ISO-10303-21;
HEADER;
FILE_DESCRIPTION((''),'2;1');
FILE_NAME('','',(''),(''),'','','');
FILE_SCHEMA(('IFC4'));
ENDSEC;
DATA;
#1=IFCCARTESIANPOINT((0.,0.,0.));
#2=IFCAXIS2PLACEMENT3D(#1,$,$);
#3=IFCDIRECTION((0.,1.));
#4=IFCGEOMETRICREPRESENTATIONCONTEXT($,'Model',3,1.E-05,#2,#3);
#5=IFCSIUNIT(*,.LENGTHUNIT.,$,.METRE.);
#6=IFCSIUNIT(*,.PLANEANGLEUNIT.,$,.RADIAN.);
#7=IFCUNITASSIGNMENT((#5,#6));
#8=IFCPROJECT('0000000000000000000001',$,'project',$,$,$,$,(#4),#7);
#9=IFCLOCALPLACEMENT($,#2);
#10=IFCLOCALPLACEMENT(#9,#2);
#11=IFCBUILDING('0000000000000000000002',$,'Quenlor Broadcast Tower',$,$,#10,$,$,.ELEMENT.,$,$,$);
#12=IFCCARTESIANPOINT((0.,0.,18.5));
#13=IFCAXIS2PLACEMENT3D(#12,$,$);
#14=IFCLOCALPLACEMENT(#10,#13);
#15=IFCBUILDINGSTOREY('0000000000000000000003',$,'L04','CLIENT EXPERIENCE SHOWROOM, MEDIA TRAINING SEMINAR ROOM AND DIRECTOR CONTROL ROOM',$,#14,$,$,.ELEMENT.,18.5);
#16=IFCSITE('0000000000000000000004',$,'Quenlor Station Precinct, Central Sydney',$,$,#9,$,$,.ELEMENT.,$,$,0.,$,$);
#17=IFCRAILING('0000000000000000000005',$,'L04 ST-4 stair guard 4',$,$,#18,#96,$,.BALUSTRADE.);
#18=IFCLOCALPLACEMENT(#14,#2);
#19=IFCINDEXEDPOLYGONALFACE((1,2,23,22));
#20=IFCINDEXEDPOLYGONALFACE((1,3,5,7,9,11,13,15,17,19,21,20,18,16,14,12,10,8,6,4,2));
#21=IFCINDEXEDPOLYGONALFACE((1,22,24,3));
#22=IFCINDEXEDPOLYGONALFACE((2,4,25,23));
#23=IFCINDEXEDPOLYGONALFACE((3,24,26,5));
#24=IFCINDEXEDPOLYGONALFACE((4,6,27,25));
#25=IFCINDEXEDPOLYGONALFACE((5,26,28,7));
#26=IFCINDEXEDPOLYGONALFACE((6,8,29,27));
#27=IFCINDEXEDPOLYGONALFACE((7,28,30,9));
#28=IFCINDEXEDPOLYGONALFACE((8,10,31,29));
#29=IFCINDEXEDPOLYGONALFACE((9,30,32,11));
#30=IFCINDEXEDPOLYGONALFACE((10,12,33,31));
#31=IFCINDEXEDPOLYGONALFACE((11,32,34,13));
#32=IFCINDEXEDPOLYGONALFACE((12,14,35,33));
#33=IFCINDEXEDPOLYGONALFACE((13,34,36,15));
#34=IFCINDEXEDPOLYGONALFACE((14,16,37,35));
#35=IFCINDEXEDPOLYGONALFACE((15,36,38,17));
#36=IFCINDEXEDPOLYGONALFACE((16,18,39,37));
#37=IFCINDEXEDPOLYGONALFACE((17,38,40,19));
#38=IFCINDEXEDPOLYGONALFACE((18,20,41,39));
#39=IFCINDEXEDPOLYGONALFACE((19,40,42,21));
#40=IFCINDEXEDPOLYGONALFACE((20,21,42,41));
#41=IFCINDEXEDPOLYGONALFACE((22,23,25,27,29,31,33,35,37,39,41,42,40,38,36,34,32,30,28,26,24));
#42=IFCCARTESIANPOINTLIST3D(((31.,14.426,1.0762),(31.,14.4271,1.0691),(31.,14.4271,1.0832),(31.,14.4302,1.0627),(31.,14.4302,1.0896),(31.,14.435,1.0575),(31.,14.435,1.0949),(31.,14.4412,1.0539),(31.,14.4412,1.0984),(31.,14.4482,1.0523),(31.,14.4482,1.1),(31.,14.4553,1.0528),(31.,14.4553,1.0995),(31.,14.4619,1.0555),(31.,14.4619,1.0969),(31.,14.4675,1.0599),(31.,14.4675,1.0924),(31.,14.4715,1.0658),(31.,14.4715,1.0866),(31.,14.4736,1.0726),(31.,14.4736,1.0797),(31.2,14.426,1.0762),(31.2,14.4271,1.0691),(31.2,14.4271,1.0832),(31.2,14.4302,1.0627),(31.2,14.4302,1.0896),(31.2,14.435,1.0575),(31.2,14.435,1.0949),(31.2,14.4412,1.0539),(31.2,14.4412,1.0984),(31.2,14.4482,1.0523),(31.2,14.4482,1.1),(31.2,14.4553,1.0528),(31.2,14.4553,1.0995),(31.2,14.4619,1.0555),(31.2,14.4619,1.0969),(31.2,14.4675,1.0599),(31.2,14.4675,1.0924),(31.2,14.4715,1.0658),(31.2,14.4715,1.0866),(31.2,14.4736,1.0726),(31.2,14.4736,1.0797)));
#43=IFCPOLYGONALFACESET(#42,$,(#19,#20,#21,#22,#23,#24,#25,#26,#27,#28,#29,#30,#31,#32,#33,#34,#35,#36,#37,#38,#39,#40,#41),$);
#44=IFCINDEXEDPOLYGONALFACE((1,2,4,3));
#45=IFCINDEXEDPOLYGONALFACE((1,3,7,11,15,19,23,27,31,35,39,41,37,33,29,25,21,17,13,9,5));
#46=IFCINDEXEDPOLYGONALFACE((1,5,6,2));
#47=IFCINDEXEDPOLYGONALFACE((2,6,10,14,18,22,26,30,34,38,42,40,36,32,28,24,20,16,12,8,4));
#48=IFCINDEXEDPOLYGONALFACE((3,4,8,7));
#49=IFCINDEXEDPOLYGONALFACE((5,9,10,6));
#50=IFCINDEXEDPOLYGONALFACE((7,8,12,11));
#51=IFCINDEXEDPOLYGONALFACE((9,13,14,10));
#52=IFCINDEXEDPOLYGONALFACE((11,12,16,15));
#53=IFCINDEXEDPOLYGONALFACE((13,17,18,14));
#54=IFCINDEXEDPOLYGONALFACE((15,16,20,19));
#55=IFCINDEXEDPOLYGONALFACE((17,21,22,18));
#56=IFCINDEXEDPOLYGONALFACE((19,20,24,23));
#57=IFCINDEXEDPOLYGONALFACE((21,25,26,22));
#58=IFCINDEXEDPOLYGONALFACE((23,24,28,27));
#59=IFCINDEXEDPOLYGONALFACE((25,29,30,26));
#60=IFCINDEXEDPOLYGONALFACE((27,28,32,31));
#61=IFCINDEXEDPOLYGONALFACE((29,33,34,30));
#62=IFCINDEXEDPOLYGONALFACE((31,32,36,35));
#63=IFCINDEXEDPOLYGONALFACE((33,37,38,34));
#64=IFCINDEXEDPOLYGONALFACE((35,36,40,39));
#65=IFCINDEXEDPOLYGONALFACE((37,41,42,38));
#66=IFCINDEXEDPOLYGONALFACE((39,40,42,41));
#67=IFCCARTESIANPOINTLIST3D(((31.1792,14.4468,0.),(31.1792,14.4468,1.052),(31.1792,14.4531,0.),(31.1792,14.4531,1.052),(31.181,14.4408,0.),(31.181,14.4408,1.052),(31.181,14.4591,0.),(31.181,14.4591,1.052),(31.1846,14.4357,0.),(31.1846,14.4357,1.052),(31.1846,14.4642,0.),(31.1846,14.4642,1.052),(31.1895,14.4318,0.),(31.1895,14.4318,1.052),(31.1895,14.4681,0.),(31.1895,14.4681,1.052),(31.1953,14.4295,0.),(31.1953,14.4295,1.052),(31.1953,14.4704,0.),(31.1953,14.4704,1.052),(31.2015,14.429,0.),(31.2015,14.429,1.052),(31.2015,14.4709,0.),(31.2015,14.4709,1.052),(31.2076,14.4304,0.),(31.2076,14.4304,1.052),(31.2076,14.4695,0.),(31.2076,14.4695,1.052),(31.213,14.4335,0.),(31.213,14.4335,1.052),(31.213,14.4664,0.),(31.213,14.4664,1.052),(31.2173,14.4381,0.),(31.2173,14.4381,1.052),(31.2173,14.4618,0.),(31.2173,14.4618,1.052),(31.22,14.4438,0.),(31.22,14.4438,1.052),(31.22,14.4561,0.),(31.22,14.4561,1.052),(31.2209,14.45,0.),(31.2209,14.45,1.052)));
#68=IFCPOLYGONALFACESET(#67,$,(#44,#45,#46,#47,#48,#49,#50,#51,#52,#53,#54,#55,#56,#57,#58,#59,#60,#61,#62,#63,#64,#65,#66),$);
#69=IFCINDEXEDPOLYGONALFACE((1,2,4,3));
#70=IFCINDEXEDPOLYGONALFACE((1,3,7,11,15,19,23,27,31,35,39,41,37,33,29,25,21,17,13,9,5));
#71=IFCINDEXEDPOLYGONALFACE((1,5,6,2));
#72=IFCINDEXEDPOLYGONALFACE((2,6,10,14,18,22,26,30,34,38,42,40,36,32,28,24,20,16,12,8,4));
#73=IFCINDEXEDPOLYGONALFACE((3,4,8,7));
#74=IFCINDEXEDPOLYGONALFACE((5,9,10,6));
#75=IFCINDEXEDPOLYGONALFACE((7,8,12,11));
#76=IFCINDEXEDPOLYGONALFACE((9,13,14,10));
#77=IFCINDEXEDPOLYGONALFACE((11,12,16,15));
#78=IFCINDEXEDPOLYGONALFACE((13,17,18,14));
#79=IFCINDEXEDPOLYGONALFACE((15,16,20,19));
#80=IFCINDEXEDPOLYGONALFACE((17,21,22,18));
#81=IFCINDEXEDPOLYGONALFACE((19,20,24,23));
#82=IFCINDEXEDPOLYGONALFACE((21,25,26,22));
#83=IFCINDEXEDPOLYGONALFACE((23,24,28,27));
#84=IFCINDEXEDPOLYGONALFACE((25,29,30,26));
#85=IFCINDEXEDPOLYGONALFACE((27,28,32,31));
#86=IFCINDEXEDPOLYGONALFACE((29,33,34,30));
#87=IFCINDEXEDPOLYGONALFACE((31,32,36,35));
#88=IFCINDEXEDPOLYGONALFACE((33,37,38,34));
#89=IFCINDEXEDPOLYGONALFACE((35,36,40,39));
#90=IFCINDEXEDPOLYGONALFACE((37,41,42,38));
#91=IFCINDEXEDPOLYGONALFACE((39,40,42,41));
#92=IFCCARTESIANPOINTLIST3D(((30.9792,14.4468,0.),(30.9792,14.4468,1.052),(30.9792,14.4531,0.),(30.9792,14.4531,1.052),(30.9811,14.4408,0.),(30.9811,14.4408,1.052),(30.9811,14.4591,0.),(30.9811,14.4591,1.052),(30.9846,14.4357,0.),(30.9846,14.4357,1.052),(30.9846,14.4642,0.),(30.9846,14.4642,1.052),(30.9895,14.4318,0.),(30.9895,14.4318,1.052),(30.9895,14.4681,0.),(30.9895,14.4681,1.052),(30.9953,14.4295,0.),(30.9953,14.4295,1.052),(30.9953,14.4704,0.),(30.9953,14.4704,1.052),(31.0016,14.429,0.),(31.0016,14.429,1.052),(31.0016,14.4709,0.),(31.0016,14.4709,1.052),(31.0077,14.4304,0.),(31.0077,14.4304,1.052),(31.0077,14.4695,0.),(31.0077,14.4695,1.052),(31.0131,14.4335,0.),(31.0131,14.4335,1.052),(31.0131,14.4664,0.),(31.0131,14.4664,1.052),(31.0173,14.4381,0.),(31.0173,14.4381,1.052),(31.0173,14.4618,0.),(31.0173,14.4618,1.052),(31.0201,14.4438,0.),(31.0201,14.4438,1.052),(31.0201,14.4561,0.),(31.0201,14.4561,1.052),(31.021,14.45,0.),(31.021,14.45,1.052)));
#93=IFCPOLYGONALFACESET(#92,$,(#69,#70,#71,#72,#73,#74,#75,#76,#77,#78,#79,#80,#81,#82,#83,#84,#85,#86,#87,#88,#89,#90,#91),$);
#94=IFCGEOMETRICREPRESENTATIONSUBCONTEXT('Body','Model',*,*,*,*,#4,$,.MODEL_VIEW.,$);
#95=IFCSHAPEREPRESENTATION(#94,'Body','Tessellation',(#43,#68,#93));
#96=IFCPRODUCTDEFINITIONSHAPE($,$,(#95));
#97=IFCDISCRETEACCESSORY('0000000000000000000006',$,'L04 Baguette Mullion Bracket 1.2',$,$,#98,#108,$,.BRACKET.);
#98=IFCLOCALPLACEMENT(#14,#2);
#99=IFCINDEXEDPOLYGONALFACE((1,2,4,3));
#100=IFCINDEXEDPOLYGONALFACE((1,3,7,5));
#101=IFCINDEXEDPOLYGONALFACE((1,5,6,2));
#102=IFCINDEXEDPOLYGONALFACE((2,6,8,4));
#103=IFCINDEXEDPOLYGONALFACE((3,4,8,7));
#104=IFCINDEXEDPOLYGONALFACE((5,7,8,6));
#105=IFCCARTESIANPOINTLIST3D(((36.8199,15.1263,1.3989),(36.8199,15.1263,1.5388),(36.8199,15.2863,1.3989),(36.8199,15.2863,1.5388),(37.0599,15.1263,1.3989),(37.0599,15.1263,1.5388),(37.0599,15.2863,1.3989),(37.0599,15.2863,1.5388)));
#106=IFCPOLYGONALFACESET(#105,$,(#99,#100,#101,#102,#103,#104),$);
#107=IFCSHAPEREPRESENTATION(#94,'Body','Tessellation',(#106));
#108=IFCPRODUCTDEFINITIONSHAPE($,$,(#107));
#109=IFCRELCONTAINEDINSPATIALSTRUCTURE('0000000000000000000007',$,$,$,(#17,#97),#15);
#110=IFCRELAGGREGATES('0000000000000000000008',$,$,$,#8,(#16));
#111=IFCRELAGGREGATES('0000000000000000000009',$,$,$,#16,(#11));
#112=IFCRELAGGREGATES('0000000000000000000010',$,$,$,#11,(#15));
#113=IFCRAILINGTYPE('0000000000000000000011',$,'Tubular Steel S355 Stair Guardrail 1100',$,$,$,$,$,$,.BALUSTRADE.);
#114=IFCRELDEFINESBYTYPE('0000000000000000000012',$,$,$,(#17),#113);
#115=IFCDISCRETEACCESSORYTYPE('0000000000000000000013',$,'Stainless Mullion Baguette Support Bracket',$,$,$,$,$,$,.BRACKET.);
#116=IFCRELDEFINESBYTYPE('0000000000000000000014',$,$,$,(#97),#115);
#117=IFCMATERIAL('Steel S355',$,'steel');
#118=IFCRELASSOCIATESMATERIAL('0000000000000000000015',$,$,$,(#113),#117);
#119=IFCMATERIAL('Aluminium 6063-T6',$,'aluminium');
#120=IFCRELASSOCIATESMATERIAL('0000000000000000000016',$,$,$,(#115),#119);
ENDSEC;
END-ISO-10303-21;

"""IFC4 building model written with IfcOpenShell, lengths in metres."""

from ifc_helpers import new_model, si_unit, direction, frame, origin, origin_2d, place, context, subcontext, project, spatial, rectangle, circle, extrude, material, type_object, element, save


model = new_model("IFC4")

# Units and contexts
model_context = context("Model", 3, precision=1e-05, world=origin(), true_north=direction((0.0, 1.0)))
body_context = subcontext(model_context, "Body", "Model", "MODEL_VIEW")
ifc_project = project(units=[si_unit("LENGTHUNIT", "METRE"), si_unit("PLANEANGLEUNIT", "RADIAN")], contexts=[model_context])

# Site, building, storey
site_placement = place(None, origin())
site = spatial("IfcSite", under=ifc_project, at=site_placement, Name="Quenlor Station Precinct, Central Sydney", CompositionType="ELEMENT", RefElevation=0.0)
building_placement = place(site_placement, origin())
building = spatial("IfcBuilding", under=site, at=building_placement, Name="Quenlor Broadcast Tower", CompositionType="ELEMENT")
storey_placement = place(building_placement, frame((0.0, 0.0, 18.5)))
storey = spatial("IfcBuildingStorey", under=building, at=storey_placement, Name="L04", Description="CLIENT EXPERIENCE SHOWROOM, MEDIA TRAINING SEMINAR ROOM AND DIRECTOR CONTROL ROOM", CompositionType="ELEMENT", Elevation=18.5)

# Railing
ifc_material_1 = material(Name="Steel S355", Category="steel")
railing_type_1 = type_object("IfcRailingType", Name="Tubular Steel S355 Stair Guardrail 1100", PredefinedType="BALUSTRADE", material=ifc_material_1)
railing_1_placement = place(storey_placement, frame((31.2, 14.45, 0.0)))
element("IfcRailing", 1, at=railing_1_placement, inside=storey, type_object=railing_type_1, Name="L04 ST-4 stair guard 4", PredefinedType="BALUSTRADE", context=body_context, shape_type="SweptSolid", body=[
    extrude(circle(Radius=0.0239, at=origin_2d()), frame((0.0, 0.0, 1.0762), z_axis=(-1.0, 0.0, 0.0), x_axis=(0.0, -1.0, 0.0)), (0.0, 0.0, 1.0), 0.2),
    extrude(circle(Radius=0.021, at=origin_2d()), origin(), (0.0, 0.0, 1.0), 1.052),
    extrude(circle(Radius=0.021, at=origin_2d()), frame((-0.2, 0.0, 0.0)), (0.0, 0.0, 1.0), 1.052),
])

# Discrete accessory
ifc_material_2 = material(Name="Aluminium 6063-T6", Category="aluminium")
discrete_accessory_type = type_object("IfcDiscreteAccessoryType", Name="Stainless Mullion Baguette Support Bracket", PredefinedType="BRACKET", material=ifc_material_2)
discrete_accessory_placement = place(storey_placement, frame((36.9399, 15.2063, 1.3989), z_axis=(0.0, 0.0, 1.0), x_axis=(0.0, -1.0, 0.0)))
element("IfcDiscreteAccessory", 2, at=discrete_accessory_placement, inside=storey, type_object=discrete_accessory_type, Name="L04 Baguette Mullion Bracket 1.2", PredefinedType="BRACKET", context=body_context, shape_type="SweptSolid", body=[
    extrude(rectangle(XDim=0.1599, YDim=0.24, at=origin_2d()), origin(), (0.0, 0.0, 1.0), 0.1399),
])

save(model, "model.ifc")
